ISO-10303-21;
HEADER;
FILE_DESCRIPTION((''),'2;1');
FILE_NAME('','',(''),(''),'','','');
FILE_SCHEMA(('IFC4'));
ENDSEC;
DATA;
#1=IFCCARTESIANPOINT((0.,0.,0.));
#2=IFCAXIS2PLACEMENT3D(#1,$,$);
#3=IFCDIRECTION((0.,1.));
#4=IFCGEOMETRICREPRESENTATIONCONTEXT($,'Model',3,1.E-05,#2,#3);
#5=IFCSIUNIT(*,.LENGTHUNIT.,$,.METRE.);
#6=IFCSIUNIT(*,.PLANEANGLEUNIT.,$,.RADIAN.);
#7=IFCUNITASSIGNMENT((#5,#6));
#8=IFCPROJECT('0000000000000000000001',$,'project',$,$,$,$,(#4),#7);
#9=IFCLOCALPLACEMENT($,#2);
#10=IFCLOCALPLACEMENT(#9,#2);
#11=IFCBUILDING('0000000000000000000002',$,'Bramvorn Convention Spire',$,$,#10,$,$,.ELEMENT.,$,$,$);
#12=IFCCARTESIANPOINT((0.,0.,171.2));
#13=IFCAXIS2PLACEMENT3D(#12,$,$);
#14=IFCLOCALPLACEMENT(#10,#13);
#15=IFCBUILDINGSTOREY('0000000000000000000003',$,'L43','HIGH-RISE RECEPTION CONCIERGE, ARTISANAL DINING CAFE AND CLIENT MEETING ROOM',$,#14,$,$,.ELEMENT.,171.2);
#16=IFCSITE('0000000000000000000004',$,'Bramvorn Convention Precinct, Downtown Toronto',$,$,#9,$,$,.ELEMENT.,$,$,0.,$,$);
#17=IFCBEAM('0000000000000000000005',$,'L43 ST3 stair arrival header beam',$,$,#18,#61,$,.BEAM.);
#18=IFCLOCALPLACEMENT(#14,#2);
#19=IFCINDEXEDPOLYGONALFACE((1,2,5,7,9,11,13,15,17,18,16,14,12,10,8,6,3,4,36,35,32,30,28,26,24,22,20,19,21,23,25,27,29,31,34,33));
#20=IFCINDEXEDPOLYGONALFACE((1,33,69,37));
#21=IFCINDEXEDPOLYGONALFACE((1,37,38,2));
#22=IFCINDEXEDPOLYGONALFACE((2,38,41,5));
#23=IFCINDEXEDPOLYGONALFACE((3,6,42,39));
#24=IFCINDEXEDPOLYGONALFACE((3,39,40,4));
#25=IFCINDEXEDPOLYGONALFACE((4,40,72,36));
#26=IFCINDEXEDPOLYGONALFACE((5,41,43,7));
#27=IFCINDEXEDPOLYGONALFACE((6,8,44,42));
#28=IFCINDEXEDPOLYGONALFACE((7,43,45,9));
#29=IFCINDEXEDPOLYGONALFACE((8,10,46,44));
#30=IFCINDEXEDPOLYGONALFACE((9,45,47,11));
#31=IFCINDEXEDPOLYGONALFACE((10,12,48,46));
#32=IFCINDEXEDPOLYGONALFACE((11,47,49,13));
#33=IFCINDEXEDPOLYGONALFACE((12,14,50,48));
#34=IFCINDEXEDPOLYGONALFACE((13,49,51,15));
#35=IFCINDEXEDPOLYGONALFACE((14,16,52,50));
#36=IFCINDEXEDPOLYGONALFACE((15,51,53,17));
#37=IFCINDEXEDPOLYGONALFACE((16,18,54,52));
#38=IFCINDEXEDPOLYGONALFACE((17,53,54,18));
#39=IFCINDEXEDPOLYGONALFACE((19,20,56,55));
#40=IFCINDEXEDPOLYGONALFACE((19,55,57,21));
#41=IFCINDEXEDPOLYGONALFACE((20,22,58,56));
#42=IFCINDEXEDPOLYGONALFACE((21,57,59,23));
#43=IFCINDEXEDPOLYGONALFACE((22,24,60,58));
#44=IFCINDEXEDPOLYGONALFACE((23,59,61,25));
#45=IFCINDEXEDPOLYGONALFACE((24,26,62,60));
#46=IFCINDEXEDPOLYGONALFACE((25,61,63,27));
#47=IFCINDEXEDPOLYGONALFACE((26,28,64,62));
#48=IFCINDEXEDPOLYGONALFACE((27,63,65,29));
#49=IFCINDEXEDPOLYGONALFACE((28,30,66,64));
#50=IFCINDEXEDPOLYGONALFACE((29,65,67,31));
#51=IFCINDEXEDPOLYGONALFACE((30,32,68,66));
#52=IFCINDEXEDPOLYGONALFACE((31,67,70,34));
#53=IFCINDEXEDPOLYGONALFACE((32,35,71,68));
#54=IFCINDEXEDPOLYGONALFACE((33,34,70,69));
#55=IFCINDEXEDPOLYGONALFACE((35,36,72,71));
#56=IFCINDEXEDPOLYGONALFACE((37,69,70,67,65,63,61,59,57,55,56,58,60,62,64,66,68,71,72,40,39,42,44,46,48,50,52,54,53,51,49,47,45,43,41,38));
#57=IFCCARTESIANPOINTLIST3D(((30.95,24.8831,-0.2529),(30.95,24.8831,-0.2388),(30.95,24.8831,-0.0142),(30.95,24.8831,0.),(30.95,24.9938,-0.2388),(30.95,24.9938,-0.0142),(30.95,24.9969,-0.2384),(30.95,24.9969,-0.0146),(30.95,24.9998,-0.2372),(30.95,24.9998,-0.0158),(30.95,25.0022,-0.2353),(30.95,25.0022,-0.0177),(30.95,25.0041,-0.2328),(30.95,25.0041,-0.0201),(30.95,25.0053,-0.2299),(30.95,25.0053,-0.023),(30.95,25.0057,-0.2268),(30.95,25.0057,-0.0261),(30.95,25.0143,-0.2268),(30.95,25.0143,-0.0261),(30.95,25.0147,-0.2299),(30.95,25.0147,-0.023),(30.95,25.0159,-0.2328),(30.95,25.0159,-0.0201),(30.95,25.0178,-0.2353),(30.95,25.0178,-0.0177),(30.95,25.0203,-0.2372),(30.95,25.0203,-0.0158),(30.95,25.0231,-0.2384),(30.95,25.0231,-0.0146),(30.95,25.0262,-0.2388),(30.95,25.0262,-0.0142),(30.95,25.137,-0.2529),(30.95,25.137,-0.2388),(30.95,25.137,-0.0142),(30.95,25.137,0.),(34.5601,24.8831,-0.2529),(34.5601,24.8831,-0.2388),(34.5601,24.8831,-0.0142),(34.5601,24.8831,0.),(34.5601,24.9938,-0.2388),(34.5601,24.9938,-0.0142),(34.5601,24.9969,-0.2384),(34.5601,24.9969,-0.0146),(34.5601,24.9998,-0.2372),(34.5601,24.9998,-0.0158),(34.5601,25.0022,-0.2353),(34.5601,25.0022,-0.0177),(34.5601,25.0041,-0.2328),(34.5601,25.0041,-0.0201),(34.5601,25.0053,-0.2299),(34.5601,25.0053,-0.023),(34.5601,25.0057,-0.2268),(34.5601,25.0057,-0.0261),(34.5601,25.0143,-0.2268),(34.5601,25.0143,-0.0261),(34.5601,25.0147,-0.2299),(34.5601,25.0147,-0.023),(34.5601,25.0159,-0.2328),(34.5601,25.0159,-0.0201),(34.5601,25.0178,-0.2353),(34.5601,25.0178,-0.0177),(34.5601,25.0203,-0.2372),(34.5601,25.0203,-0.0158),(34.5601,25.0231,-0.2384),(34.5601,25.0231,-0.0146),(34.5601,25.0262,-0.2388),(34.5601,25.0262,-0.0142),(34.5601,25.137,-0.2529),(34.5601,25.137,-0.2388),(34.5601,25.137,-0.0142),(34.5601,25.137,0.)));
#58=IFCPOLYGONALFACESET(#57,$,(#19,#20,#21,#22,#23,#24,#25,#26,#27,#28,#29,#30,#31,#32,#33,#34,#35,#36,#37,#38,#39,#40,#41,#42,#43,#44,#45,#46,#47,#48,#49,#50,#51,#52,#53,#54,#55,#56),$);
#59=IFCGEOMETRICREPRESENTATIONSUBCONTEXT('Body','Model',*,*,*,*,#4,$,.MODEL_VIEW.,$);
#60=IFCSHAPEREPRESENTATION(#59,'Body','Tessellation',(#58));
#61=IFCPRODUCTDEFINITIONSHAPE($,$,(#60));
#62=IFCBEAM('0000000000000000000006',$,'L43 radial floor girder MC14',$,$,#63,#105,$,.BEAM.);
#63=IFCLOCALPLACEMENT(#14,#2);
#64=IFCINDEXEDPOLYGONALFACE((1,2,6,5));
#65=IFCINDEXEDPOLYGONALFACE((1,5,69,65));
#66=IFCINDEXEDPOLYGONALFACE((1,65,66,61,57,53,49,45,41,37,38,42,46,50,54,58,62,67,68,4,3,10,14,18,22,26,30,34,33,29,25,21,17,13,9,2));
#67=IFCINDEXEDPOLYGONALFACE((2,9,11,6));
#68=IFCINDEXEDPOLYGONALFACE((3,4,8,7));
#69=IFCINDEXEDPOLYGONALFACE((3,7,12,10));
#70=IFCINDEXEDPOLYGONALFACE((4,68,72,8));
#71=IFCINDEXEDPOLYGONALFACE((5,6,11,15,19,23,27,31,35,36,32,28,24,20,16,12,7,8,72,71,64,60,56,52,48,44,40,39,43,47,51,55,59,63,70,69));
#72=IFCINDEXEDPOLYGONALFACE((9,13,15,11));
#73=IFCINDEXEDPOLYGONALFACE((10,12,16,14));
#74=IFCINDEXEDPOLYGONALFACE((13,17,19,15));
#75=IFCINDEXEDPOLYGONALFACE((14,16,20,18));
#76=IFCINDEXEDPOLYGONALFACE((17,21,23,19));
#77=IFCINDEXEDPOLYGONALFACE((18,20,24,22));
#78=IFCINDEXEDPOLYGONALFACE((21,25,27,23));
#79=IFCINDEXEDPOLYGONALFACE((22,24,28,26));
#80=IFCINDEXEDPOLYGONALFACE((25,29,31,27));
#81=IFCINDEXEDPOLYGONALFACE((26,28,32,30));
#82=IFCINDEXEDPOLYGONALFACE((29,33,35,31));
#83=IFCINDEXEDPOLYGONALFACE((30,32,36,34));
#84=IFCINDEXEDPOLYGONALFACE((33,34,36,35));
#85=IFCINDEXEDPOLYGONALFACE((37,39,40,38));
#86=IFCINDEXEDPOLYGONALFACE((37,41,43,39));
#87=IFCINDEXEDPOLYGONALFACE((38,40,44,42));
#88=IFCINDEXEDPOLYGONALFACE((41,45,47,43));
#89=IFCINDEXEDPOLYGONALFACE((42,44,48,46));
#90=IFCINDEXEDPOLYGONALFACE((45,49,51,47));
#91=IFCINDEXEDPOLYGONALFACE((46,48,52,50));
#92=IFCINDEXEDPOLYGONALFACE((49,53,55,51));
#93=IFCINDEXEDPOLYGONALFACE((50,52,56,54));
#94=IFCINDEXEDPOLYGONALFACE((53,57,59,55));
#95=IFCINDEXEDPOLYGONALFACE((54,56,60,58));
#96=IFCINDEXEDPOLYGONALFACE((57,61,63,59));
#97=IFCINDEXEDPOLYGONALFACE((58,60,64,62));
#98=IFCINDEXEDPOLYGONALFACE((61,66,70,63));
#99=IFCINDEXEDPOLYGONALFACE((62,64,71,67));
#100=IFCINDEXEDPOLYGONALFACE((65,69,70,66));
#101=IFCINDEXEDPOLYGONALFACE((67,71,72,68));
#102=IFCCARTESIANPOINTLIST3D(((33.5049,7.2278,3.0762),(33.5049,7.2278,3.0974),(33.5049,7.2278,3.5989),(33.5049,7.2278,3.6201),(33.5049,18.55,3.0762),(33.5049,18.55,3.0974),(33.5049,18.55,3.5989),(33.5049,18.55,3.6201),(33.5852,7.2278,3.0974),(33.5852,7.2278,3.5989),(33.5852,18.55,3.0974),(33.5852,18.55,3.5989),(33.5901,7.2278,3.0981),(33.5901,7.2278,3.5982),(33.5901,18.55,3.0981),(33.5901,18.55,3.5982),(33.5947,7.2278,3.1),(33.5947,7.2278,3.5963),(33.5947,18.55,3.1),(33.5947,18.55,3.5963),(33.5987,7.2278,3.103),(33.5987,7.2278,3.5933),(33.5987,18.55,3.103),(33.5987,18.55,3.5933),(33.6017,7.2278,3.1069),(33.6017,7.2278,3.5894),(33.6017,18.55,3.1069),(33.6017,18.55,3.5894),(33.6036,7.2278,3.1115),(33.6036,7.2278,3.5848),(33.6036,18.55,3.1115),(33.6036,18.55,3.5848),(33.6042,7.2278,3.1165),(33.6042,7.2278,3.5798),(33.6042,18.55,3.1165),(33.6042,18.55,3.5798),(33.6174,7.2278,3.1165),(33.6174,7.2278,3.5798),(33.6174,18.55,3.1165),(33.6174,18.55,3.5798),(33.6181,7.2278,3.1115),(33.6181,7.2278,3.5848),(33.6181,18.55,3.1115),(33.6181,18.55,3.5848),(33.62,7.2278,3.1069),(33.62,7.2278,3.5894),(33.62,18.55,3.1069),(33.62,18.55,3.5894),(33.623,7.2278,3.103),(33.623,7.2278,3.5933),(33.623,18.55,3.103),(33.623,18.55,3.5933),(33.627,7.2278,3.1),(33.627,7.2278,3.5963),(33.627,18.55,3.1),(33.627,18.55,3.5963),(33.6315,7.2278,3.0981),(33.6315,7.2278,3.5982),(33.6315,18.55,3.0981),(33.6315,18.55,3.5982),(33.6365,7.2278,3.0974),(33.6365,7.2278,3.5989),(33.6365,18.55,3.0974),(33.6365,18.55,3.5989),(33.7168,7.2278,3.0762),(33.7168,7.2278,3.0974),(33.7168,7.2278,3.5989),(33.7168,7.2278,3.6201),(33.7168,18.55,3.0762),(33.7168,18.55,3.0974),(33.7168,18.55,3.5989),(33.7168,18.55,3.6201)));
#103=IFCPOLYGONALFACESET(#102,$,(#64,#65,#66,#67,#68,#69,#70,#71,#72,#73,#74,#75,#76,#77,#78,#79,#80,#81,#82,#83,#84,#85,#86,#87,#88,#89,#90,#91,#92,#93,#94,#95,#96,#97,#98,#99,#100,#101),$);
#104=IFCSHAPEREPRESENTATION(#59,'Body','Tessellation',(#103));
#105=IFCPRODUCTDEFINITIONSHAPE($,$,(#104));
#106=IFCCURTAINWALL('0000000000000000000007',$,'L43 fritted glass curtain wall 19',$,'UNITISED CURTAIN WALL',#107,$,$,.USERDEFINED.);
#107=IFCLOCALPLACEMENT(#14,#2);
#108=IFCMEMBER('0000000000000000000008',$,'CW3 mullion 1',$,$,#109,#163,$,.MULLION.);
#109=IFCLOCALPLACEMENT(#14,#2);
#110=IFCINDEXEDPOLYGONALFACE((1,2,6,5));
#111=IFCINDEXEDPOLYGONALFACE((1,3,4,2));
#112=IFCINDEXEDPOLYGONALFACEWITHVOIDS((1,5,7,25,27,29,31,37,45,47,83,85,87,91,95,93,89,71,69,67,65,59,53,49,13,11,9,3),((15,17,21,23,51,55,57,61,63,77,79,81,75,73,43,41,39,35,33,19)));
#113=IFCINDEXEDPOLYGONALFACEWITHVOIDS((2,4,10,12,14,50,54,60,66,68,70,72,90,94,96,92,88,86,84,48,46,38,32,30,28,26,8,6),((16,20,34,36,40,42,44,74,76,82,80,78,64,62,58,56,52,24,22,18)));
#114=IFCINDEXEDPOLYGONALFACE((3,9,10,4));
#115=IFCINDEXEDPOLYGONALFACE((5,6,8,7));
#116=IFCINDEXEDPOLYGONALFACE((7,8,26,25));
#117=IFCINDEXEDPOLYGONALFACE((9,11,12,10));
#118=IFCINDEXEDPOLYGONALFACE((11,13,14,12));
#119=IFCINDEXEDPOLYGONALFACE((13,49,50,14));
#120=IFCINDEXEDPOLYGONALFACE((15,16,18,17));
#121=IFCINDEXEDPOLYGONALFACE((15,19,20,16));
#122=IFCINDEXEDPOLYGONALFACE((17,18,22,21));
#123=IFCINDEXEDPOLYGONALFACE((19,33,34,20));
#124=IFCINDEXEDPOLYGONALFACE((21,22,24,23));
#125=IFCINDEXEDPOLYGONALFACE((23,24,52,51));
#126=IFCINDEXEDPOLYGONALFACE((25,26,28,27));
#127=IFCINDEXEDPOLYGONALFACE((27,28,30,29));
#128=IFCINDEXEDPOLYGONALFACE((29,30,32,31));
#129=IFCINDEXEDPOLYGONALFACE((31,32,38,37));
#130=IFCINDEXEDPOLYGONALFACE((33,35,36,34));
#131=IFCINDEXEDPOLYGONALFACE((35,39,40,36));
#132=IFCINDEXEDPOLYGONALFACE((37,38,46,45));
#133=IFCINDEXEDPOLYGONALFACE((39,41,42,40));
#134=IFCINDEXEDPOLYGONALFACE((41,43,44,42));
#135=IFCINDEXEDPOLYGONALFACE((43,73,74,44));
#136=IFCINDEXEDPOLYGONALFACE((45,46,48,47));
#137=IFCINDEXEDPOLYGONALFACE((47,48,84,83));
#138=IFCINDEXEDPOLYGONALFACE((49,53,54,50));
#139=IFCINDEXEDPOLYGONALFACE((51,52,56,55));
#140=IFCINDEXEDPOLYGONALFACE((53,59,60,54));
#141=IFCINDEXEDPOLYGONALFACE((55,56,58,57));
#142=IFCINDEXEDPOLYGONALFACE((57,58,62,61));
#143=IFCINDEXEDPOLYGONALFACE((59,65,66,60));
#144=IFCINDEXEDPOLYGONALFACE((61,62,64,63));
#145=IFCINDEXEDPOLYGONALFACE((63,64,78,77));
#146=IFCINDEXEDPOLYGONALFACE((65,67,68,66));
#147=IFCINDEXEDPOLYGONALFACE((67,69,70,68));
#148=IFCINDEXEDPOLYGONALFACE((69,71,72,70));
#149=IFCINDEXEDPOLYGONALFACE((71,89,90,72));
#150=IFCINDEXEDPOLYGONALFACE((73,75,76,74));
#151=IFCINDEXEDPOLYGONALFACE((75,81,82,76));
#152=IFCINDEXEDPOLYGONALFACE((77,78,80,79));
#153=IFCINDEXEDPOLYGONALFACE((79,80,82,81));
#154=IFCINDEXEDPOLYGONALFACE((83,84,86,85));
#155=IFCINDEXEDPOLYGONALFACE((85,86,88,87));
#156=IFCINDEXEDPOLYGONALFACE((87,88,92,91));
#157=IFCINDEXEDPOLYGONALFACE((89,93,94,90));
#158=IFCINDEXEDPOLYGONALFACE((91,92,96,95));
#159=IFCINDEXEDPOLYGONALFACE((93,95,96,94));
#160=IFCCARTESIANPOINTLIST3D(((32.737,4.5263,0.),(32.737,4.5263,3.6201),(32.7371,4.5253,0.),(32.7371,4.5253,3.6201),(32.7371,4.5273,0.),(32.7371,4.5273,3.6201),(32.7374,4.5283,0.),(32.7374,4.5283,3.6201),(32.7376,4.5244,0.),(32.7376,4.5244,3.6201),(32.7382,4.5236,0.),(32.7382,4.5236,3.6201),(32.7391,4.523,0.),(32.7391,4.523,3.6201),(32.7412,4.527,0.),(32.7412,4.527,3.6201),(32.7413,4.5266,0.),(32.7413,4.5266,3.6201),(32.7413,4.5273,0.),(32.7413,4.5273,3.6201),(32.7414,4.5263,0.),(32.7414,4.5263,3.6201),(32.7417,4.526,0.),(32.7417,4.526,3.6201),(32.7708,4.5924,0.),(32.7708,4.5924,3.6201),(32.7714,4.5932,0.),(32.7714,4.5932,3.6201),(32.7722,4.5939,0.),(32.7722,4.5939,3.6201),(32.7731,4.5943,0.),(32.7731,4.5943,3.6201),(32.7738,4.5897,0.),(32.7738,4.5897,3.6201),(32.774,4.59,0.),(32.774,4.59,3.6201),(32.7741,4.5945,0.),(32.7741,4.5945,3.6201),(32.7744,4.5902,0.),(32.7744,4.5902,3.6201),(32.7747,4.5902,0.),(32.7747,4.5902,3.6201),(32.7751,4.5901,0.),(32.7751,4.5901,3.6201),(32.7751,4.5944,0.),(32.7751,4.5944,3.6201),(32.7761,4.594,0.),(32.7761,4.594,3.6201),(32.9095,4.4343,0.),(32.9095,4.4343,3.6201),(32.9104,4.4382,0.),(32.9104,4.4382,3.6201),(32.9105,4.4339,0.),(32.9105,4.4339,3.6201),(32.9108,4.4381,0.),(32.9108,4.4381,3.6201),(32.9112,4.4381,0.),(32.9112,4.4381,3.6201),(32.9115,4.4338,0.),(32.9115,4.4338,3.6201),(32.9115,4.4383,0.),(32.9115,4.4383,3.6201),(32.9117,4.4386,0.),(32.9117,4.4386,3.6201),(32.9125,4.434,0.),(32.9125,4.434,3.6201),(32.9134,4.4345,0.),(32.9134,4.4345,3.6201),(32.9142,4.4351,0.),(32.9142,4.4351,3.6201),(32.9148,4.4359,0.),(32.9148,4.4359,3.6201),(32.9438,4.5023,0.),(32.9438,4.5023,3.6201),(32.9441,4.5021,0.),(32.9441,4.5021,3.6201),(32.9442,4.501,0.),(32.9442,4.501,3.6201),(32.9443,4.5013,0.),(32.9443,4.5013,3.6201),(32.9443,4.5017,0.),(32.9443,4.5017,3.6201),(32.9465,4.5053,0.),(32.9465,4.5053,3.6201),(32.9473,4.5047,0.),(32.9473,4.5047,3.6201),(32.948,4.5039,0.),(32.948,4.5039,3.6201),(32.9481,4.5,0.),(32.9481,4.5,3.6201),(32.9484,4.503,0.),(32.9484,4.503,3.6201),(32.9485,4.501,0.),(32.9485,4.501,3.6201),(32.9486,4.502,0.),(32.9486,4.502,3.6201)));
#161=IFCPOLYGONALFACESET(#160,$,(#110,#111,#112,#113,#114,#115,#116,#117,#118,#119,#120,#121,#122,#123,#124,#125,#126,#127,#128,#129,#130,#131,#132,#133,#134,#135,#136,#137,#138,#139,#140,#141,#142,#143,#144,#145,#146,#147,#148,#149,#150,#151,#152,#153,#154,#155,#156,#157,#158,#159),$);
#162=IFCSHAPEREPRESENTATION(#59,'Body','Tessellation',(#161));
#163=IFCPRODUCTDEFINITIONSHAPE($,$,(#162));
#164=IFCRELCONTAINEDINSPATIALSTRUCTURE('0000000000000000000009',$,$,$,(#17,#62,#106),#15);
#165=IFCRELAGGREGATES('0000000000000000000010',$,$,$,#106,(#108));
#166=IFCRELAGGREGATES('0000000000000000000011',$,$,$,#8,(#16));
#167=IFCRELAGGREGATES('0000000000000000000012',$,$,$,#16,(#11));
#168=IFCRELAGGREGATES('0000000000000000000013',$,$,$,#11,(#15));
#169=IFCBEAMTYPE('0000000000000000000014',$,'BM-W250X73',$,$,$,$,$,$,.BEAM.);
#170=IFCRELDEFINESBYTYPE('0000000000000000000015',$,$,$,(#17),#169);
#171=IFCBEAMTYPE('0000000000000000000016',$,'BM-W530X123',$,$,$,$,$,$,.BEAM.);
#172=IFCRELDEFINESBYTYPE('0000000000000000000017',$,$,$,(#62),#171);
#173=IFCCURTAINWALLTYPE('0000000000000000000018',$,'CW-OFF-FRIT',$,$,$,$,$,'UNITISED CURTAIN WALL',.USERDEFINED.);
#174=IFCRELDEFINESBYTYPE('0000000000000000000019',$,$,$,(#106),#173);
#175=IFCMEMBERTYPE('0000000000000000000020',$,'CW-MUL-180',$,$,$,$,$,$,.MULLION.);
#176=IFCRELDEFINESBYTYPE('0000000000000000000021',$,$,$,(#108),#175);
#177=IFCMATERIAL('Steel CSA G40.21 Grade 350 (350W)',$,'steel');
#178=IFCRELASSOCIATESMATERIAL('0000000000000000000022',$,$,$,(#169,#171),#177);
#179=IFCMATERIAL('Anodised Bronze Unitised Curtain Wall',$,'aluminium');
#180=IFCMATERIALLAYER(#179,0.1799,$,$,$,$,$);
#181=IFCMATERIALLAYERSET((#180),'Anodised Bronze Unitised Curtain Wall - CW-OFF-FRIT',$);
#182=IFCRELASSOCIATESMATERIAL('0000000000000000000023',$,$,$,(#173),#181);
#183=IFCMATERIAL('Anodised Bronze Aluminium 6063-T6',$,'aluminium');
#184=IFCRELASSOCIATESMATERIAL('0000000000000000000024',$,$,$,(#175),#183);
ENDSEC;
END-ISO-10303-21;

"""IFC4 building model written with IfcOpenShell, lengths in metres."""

from ifc_helpers import new_model, si_unit, direction, frame, origin, origin_2d, place, context, subcontext, project, spatial, hollow_rectangle, i_section, extrude, material, layer, layer_set, material_profile, profile_set, type_object, element, aggregate, save


model = new_model("IFC4")

# Units and contexts
model_context = context("Model", 3, precision=1e-05, world=origin(), true_north=direction((0.0, 1.0)))
body_context = subcontext(model_context, "Body", "Model", "MODEL_VIEW")
ifc_project = project(units=[si_unit("LENGTHUNIT", "METRE"), si_unit("PLANEANGLEUNIT", "RADIAN")], contexts=[model_context])

# Site, building, storey
site_placement = place(None, origin())
site = spatial("IfcSite", under=ifc_project, at=site_placement, Name="Bramvorn Convention Precinct, Downtown Toronto", CompositionType="ELEMENT", RefElevation=0.0)
building_placement = place(site_placement, origin())
building = spatial("IfcBuilding", under=site, at=building_placement, Name="Bramvorn Convention Spire", CompositionType="ELEMENT")
storey_placement = place(building_placement, frame((0.0, 0.0, 171.2)))
storey = spatial("IfcBuildingStorey", under=building, at=storey_placement, Name="L43", Description="HIGH-RISE RECEPTION CONCIERGE, ARTISANAL DINING CAFE AND CLIENT MEETING ROOM", CompositionType="ELEMENT", Elevation=171.2)

# Shared definitions
ifc_material_1 = material(Name="Steel CSA G40.21 Grade 350 (350W)", Category="steel")

# Beams
ifc_material_profile_1 = material_profile(ifc_material_1, i_section(OverallWidth=0.2539, OverallDepth=0.2529, WebThickness=0.0085, FlangeThickness=0.0142, FilletRadius=0.012, at=origin_2d()))
ifc_profile_set_1 = profile_set([ifc_material_profile_1], Name="Steel CSA G40.21 Grade 350 (350W) - W250X73")
beam_type_1 = type_object("IfcBeamType", Name="BM-W250X73", PredefinedType="BEAM", material=ifc_profile_set_1)
beam_1_placement = place(storey_placement, frame((30.95, 25.01, -0.1265), z_axis=(1.0, 0.0, 0.0), x_axis=(0.0, 1.0, 0.0)))
element("IfcBeam", 1, at=beam_1_placement, inside=storey, type_object=beam_type_1, Name="L43 ST3 stair arrival header beam", PredefinedType="BEAM", context=body_context, shape_type="SweptSolid", body=[
    extrude(i_section(OverallWidth=0.2539, OverallDepth=0.2529, WebThickness=0.0085, FlangeThickness=0.0142, FilletRadius=0.012, at=origin_2d()), origin(), (0.0, 0.0, 1.0), 3.6101),
])
ifc_material_profile_2 = material_profile(ifc_material_1, i_section(OverallWidth=0.2119, OverallDepth=0.5439, WebThickness=0.0132, FlangeThickness=0.0212, FilletRadius=0.019, at=origin_2d()))
ifc_profile_set_2 = profile_set([ifc_material_profile_2], Name="Steel CSA G40.21 Grade 350 (350W) - W530X123")
beam_type_2 = type_object("IfcBeamType", Name="BM-W530X123", PredefinedType="BEAM", material=ifc_profile_set_2)
beam_2_placement = place(storey_placement, frame((33.6108, 18.55, 3.3481), z_axis=(0.0, -1.0, 0.0), x_axis=(1.0, 0.0, 0.0)))
element("IfcBeam", 2, at=beam_2_placement, inside=storey, type_object=beam_type_2, Name="L43 radial floor girder MC14", PredefinedType="BEAM", context=body_context, shape_type="SweptSolid", body=[
    extrude(i_section(OverallWidth=0.2119, OverallDepth=0.5439, WebThickness=0.0132, FlangeThickness=0.0212, FilletRadius=0.019, at=origin_2d()), origin(), (0.0, 0.0, 1.0), 11.3223),
])

# Curtain wall, member
ifc_material_2 = material(Name="Anodised Bronze Unitised Curtain Wall", Category="aluminium")
ifc_layer_1 = layer(ifc_material_2, 0.1799)
ifc_layer_set_1 = layer_set([ifc_layer_1], Name="Anodised Bronze Unitised Curtain Wall - CW-OFF-FRIT")
curtain_wall_type = type_object("IfcCurtainWallType", Name="CW-OFF-FRIT", ElementType="UNITISED CURTAIN WALL", PredefinedType="USERDEFINED", material=ifc_layer_set_1)
curtain_wall_1_placement = place(storey_placement, origin())
curtain_wall_1 = element("IfcCurtainWall", 3, at=curtain_wall_1_placement, inside=storey, type_object=curtain_wall_type, Name="L43 fritted glass curtain wall 19", ObjectType="UNITISED CURTAIN WALL", PredefinedType="USERDEFINED")
ifc_material_3 = material(Name="Anodised Bronze Aluminium 6063-T6", Category="aluminium")
ifc_material_profile_3 = material_profile(ifc_material_3, hollow_rectangle(XDim=0.0801, YDim=0.2, WallThickness=0.0039, InnerFilletRadius=0.001, OuterFilletRadius=0.0039, at=origin_2d()))
ifc_profile_set_3 = profile_set([ifc_material_profile_3], Name="Anodised Bronze Aluminium 6063-T6 - CWM80X200")
member_type_1 = type_object("IfcMemberType", Name="CW-MUL-180", PredefinedType="MULLION", material=ifc_profile_set_3)
member_1_placement = place(storey_placement, frame((32.8428, 4.5142, 0.0), z_axis=(0.0, 0.0, 1.0), x_axis=(-0.461813, -0.886978, 0.0)))
member_1 = element("IfcMember", 4, at=member_1_placement, type_object=member_type_1, Name="CW3 mullion 1", PredefinedType="MULLION", context=body_context, shape_type="SweptSolid", body=[
    extrude(hollow_rectangle(XDim=0.0801, YDim=0.2, WallThickness=0.0039, InnerFilletRadius=0.001, OuterFilletRadius=0.0039, at=origin_2d()), origin(), (0.0, 0.0, 1.0), 3.6201),
])

aggregate(curtain_wall_1, [member_1])

save(model, "model.ifc")
